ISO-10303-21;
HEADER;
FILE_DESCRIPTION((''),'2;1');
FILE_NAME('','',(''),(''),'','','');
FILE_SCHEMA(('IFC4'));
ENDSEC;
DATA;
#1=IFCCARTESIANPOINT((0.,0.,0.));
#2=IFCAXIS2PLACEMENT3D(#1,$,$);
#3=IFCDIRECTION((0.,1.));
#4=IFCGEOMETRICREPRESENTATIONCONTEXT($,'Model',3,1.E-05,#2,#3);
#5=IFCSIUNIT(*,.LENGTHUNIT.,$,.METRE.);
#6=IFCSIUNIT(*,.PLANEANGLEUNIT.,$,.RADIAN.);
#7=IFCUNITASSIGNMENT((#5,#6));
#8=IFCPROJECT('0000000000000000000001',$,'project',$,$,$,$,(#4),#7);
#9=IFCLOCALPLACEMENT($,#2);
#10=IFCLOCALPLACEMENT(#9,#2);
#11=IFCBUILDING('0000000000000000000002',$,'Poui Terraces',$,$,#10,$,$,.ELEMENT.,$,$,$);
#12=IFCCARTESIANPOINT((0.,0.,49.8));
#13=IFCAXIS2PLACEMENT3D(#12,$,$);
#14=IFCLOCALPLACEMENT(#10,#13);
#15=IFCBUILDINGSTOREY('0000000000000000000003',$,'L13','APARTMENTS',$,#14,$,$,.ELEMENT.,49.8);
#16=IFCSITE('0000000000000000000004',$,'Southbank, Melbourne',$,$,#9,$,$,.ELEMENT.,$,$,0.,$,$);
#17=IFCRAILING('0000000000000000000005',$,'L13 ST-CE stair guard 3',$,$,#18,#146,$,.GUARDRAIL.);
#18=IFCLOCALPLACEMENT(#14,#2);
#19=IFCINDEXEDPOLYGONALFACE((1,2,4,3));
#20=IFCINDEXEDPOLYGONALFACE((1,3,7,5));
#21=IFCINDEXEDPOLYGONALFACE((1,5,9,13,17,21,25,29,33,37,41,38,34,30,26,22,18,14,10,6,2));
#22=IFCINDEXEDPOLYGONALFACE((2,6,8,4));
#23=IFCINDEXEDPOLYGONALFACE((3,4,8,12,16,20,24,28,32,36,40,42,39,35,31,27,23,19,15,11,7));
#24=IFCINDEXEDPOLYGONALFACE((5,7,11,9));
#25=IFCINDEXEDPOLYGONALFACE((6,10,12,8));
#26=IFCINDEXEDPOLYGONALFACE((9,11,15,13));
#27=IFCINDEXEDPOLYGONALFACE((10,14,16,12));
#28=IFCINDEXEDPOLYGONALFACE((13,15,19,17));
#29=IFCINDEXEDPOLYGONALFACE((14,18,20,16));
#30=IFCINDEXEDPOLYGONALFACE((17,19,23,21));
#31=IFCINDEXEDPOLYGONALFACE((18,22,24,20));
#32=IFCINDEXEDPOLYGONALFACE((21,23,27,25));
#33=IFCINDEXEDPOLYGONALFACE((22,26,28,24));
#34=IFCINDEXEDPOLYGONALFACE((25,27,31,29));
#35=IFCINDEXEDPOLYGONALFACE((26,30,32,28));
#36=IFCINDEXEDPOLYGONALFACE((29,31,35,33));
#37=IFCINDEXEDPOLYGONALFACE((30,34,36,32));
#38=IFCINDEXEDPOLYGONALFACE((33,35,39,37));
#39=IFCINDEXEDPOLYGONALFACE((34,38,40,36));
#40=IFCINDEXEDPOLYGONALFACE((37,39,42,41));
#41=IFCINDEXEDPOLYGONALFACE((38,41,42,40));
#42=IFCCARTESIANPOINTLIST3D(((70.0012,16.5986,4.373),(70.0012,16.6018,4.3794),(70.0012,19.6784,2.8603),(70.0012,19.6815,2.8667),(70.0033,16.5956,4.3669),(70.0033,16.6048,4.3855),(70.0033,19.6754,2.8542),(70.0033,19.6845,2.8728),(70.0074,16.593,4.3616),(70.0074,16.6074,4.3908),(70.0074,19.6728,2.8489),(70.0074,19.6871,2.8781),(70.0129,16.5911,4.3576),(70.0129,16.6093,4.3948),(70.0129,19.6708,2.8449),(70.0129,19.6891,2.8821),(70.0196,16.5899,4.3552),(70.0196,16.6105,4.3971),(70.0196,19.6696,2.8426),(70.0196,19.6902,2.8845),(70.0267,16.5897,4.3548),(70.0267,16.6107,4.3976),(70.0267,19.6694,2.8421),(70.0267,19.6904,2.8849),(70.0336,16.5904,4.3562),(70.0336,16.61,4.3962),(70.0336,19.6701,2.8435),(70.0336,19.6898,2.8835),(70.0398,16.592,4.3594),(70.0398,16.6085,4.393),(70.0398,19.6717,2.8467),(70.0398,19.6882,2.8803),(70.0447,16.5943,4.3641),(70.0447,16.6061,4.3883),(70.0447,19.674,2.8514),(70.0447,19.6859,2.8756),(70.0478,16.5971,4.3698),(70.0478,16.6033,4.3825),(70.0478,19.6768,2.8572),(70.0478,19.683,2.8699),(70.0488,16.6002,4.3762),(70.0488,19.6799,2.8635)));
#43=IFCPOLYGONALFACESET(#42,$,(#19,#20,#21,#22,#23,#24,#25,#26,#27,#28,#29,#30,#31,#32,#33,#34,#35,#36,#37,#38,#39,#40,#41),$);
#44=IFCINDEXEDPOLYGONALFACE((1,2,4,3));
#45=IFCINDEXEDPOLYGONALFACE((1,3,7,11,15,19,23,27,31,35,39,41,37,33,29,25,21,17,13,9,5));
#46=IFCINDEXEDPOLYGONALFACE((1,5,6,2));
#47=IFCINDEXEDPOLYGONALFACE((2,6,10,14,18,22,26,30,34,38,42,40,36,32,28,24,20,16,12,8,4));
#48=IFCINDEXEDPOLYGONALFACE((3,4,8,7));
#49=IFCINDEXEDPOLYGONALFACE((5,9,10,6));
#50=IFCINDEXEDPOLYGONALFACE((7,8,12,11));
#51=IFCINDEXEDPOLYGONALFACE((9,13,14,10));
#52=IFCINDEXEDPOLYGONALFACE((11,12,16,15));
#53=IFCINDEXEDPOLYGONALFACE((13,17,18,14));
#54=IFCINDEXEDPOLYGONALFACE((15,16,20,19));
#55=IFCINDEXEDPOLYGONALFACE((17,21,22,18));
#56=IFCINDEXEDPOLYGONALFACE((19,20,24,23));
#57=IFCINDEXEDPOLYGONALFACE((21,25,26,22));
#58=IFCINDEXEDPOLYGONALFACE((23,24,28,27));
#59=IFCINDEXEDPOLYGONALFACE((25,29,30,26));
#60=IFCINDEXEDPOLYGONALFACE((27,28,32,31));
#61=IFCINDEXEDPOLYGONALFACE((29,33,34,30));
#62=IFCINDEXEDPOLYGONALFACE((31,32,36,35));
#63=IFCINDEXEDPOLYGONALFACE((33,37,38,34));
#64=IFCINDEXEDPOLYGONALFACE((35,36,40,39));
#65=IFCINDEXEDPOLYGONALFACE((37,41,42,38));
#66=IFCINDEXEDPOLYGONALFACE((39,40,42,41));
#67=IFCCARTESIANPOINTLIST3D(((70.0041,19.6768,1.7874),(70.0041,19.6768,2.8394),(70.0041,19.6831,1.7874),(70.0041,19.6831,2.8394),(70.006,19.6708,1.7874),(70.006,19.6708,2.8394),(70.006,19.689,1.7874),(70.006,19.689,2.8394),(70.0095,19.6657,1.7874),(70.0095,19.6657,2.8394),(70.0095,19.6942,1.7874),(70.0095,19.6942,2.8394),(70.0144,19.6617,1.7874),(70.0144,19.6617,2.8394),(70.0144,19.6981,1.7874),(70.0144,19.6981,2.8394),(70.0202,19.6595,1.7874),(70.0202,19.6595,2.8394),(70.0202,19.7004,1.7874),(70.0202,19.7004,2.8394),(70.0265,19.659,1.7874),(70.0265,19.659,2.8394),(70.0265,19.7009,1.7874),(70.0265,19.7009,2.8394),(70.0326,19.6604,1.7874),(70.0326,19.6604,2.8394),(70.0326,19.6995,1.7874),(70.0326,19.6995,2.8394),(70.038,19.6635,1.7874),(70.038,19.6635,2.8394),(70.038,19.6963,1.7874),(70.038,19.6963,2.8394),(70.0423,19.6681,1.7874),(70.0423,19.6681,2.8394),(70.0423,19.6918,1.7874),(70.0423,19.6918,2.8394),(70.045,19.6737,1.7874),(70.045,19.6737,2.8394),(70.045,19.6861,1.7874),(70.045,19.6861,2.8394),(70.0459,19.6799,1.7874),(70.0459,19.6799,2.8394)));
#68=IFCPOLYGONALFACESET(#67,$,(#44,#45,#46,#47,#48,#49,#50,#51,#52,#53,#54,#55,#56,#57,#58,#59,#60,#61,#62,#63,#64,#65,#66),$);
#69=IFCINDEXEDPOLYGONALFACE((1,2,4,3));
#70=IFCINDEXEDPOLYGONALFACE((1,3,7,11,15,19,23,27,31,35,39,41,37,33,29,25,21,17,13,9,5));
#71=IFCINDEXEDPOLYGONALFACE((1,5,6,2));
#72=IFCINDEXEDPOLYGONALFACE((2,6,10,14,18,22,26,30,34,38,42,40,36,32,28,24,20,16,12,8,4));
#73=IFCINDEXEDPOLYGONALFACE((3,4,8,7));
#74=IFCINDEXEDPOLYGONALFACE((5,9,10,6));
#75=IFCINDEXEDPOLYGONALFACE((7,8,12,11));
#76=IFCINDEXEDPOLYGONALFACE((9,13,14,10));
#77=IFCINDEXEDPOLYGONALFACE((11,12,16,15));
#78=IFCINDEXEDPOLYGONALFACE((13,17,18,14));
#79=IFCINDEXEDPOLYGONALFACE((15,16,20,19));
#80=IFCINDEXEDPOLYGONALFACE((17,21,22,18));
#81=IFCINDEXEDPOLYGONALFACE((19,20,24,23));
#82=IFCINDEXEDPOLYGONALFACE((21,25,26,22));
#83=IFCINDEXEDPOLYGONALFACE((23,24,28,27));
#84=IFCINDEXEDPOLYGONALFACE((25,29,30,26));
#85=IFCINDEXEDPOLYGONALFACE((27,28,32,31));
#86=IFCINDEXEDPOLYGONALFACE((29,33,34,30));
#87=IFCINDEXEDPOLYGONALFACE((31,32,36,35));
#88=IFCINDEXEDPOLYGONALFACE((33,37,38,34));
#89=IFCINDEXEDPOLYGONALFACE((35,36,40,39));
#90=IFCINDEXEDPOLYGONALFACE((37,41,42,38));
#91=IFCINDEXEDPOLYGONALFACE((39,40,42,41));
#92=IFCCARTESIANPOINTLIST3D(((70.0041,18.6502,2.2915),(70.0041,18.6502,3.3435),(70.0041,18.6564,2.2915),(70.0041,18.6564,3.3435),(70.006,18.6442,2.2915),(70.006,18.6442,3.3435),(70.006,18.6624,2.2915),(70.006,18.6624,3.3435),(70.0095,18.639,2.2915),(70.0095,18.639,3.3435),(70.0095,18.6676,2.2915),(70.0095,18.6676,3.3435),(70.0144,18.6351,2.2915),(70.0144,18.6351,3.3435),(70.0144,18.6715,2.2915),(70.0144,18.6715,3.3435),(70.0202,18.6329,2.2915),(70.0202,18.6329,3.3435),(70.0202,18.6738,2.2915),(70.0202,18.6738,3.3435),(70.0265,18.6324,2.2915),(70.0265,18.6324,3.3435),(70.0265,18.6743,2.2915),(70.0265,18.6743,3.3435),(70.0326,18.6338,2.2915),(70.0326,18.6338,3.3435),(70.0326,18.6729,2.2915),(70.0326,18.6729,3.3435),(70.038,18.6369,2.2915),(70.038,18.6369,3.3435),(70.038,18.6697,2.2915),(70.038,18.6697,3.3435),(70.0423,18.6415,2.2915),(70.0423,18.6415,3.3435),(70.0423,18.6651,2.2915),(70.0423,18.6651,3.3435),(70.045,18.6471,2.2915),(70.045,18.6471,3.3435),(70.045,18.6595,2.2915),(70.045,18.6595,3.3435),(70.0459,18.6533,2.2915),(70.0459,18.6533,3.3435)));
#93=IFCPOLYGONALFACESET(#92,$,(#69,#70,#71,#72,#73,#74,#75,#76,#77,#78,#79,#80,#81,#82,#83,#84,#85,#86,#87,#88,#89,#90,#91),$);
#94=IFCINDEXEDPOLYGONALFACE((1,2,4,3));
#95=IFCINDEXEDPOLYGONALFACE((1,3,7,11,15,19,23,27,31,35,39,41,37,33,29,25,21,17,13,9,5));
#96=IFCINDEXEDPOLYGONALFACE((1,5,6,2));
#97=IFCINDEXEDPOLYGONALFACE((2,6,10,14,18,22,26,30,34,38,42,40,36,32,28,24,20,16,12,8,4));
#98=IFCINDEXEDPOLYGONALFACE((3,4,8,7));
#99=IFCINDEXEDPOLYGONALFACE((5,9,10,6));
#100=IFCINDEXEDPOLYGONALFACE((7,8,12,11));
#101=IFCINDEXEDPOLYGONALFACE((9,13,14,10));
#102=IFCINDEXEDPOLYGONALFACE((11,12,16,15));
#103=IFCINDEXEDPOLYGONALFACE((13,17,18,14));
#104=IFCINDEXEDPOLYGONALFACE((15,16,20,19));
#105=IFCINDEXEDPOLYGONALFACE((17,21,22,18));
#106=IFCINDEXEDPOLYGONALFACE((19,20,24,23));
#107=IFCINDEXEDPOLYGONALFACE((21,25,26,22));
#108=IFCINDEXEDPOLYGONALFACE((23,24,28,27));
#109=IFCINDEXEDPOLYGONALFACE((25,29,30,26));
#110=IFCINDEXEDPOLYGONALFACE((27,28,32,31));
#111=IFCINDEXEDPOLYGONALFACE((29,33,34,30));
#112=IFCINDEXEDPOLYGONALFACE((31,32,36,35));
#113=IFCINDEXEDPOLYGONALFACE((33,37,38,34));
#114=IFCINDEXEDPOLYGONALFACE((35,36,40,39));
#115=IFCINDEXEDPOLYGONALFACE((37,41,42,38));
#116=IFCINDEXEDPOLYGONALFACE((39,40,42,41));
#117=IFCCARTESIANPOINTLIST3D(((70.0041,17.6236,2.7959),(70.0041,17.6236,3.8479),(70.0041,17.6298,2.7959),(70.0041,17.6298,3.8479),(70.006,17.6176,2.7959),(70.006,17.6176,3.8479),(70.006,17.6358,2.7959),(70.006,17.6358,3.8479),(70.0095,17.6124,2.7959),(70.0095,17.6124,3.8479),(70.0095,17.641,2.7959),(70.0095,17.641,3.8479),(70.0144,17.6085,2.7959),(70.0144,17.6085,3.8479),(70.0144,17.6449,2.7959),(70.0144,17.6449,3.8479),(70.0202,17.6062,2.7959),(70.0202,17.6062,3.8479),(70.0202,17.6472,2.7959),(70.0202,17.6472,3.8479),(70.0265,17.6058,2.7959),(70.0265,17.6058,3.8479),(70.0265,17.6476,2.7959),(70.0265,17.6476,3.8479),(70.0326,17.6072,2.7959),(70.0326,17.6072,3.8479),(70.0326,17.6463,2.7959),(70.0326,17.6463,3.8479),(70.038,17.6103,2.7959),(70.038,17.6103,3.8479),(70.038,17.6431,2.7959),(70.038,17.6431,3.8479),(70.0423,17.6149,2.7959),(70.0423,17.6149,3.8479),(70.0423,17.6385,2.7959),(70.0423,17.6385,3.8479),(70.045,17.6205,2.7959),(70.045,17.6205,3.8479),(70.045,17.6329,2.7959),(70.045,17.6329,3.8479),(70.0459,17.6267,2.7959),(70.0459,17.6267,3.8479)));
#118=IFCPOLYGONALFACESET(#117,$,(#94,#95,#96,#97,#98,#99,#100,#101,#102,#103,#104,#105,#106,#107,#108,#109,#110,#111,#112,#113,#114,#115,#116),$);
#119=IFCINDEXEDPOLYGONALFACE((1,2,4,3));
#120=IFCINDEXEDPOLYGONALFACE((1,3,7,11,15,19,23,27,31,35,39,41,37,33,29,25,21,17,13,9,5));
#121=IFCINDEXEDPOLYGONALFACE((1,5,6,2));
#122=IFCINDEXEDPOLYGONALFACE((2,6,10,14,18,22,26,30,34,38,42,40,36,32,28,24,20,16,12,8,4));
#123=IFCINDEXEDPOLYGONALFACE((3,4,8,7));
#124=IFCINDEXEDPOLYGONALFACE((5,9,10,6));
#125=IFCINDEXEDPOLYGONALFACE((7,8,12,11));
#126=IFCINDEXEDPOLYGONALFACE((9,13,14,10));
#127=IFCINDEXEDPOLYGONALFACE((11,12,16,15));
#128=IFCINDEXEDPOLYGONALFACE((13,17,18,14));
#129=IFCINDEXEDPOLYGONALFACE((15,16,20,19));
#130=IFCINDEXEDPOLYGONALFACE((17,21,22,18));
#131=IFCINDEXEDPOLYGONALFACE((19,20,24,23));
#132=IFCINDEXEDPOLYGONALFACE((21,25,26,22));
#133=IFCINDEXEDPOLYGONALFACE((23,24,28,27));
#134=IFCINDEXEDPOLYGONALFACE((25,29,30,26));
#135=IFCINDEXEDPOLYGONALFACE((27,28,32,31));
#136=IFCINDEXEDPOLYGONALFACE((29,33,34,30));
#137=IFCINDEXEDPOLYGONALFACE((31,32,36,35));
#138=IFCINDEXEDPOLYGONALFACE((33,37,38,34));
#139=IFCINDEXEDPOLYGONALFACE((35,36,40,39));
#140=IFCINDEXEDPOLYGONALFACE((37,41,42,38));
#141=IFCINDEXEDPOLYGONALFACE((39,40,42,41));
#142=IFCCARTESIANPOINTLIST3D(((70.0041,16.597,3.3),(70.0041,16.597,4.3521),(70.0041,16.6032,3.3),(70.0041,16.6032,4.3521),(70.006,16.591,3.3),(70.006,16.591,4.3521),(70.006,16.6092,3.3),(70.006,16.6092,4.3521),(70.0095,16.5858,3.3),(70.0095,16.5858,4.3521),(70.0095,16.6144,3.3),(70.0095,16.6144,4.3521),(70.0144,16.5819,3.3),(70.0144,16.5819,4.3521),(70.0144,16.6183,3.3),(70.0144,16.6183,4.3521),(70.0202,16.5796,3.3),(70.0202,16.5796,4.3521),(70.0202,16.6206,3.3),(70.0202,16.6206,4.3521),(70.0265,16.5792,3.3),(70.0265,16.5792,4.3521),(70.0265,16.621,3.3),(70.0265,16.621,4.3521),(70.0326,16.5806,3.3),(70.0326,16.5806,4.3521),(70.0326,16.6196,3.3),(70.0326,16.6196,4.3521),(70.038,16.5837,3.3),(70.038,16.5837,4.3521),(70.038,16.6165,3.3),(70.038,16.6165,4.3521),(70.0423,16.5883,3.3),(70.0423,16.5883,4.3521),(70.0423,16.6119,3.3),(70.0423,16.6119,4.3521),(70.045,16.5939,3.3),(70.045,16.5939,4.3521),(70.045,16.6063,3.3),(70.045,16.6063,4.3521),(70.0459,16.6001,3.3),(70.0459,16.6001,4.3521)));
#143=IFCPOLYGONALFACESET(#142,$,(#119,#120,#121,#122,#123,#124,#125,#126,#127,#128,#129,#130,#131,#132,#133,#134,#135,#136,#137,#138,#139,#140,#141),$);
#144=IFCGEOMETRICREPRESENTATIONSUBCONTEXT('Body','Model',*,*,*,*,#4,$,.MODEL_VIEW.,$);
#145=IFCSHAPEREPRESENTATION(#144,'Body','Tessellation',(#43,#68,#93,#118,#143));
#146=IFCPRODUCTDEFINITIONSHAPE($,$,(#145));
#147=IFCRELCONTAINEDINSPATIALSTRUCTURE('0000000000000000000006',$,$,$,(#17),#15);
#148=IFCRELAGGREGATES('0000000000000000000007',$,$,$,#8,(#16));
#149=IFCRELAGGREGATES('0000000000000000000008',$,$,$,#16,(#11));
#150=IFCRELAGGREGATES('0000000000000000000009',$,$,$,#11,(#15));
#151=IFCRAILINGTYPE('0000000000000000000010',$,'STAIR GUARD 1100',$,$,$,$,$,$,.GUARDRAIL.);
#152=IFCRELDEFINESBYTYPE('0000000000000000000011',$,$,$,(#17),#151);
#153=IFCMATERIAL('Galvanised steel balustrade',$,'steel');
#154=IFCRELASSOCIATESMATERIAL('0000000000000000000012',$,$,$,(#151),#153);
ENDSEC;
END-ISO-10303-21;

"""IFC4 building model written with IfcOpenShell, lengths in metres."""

from ifc_helpers import new_model, si_unit, direction, frame, origin, origin_2d, place, context, subcontext, project, spatial, circle, extrude, material, type_object, element, save


model = new_model("IFC4")

# Units and contexts
model_context = context("Model", 3, precision=1e-05, world=origin(), true_north=direction((0.0, 1.0)))
body_context = subcontext(model_context, "Body", "Model", "MODEL_VIEW")
ifc_project = project(units=[si_unit("LENGTHUNIT", "METRE"), si_unit("PLANEANGLEUNIT", "RADIAN")], contexts=[model_context])

# Site, building, storey
site_placement = place(None, origin())
site = spatial("IfcSite", under=ifc_project, at=site_placement, Name="Southbank, Melbourne", CompositionType="ELEMENT", RefElevation=0.0)
building_placement = place(site_placement, origin())
building = spatial("IfcBuilding", under=site, at=building_placement, Name="Poui Terraces", CompositionType="ELEMENT")
storey_placement = place(building_placement, frame((0.0, 0.0, 49.8)))
storey = spatial("IfcBuildingStorey", under=building, at=storey_placement, Name="L13", Description="APARTMENTS", CompositionType="ELEMENT", Elevation=49.8)

# Railing
ifc_material_1 = material(Name="Galvanised steel balustrade", Category="steel")
railing_type_1 = type_object("IfcRailingType", Name="STAIR GUARD 1100", PredefinedType="GUARDRAIL", material=ifc_material_1)
railing_1_placement = place(storey_placement, frame((70.0249, 19.6799, 1.7874)))
element("IfcRailing", 1, at=railing_1_placement, inside=storey, type_object=railing_type_1, Name="L13 ST-CE stair guard 3", PredefinedType="GUARDRAIL", context=body_context, shape_type="SweptSolid", body=[
    extrude(circle(Radius=0.0239, at=origin_2d()), frame((0.0, 0.0, 1.0762), z_axis=(0.0, -0.897578, 0.440856), x_axis=(1.0, 0.0, 0.0)), (0.0, 0.0, 1.0), 3.4312),
    extrude(circle(Radius=0.021, at=origin_2d()), origin(), (0.0, 0.0, 1.0), 1.052),
    extrude(circle(Radius=0.021, at=origin_2d()), frame((0.0, -1.0266, 0.5042)), (0.0, 0.0, 1.0), 1.052),
    extrude(circle(Radius=0.021, at=origin_2d()), frame((0.0, -2.0532, 1.0085)), (0.0, 0.0, 1.0), 1.052),
    extrude(circle(Radius=0.021, at=origin_2d()), frame((0.0, -3.0798, 1.5127)), (0.0, 0.0, 1.0), 1.052),
])

save(model, "model.ifc")
